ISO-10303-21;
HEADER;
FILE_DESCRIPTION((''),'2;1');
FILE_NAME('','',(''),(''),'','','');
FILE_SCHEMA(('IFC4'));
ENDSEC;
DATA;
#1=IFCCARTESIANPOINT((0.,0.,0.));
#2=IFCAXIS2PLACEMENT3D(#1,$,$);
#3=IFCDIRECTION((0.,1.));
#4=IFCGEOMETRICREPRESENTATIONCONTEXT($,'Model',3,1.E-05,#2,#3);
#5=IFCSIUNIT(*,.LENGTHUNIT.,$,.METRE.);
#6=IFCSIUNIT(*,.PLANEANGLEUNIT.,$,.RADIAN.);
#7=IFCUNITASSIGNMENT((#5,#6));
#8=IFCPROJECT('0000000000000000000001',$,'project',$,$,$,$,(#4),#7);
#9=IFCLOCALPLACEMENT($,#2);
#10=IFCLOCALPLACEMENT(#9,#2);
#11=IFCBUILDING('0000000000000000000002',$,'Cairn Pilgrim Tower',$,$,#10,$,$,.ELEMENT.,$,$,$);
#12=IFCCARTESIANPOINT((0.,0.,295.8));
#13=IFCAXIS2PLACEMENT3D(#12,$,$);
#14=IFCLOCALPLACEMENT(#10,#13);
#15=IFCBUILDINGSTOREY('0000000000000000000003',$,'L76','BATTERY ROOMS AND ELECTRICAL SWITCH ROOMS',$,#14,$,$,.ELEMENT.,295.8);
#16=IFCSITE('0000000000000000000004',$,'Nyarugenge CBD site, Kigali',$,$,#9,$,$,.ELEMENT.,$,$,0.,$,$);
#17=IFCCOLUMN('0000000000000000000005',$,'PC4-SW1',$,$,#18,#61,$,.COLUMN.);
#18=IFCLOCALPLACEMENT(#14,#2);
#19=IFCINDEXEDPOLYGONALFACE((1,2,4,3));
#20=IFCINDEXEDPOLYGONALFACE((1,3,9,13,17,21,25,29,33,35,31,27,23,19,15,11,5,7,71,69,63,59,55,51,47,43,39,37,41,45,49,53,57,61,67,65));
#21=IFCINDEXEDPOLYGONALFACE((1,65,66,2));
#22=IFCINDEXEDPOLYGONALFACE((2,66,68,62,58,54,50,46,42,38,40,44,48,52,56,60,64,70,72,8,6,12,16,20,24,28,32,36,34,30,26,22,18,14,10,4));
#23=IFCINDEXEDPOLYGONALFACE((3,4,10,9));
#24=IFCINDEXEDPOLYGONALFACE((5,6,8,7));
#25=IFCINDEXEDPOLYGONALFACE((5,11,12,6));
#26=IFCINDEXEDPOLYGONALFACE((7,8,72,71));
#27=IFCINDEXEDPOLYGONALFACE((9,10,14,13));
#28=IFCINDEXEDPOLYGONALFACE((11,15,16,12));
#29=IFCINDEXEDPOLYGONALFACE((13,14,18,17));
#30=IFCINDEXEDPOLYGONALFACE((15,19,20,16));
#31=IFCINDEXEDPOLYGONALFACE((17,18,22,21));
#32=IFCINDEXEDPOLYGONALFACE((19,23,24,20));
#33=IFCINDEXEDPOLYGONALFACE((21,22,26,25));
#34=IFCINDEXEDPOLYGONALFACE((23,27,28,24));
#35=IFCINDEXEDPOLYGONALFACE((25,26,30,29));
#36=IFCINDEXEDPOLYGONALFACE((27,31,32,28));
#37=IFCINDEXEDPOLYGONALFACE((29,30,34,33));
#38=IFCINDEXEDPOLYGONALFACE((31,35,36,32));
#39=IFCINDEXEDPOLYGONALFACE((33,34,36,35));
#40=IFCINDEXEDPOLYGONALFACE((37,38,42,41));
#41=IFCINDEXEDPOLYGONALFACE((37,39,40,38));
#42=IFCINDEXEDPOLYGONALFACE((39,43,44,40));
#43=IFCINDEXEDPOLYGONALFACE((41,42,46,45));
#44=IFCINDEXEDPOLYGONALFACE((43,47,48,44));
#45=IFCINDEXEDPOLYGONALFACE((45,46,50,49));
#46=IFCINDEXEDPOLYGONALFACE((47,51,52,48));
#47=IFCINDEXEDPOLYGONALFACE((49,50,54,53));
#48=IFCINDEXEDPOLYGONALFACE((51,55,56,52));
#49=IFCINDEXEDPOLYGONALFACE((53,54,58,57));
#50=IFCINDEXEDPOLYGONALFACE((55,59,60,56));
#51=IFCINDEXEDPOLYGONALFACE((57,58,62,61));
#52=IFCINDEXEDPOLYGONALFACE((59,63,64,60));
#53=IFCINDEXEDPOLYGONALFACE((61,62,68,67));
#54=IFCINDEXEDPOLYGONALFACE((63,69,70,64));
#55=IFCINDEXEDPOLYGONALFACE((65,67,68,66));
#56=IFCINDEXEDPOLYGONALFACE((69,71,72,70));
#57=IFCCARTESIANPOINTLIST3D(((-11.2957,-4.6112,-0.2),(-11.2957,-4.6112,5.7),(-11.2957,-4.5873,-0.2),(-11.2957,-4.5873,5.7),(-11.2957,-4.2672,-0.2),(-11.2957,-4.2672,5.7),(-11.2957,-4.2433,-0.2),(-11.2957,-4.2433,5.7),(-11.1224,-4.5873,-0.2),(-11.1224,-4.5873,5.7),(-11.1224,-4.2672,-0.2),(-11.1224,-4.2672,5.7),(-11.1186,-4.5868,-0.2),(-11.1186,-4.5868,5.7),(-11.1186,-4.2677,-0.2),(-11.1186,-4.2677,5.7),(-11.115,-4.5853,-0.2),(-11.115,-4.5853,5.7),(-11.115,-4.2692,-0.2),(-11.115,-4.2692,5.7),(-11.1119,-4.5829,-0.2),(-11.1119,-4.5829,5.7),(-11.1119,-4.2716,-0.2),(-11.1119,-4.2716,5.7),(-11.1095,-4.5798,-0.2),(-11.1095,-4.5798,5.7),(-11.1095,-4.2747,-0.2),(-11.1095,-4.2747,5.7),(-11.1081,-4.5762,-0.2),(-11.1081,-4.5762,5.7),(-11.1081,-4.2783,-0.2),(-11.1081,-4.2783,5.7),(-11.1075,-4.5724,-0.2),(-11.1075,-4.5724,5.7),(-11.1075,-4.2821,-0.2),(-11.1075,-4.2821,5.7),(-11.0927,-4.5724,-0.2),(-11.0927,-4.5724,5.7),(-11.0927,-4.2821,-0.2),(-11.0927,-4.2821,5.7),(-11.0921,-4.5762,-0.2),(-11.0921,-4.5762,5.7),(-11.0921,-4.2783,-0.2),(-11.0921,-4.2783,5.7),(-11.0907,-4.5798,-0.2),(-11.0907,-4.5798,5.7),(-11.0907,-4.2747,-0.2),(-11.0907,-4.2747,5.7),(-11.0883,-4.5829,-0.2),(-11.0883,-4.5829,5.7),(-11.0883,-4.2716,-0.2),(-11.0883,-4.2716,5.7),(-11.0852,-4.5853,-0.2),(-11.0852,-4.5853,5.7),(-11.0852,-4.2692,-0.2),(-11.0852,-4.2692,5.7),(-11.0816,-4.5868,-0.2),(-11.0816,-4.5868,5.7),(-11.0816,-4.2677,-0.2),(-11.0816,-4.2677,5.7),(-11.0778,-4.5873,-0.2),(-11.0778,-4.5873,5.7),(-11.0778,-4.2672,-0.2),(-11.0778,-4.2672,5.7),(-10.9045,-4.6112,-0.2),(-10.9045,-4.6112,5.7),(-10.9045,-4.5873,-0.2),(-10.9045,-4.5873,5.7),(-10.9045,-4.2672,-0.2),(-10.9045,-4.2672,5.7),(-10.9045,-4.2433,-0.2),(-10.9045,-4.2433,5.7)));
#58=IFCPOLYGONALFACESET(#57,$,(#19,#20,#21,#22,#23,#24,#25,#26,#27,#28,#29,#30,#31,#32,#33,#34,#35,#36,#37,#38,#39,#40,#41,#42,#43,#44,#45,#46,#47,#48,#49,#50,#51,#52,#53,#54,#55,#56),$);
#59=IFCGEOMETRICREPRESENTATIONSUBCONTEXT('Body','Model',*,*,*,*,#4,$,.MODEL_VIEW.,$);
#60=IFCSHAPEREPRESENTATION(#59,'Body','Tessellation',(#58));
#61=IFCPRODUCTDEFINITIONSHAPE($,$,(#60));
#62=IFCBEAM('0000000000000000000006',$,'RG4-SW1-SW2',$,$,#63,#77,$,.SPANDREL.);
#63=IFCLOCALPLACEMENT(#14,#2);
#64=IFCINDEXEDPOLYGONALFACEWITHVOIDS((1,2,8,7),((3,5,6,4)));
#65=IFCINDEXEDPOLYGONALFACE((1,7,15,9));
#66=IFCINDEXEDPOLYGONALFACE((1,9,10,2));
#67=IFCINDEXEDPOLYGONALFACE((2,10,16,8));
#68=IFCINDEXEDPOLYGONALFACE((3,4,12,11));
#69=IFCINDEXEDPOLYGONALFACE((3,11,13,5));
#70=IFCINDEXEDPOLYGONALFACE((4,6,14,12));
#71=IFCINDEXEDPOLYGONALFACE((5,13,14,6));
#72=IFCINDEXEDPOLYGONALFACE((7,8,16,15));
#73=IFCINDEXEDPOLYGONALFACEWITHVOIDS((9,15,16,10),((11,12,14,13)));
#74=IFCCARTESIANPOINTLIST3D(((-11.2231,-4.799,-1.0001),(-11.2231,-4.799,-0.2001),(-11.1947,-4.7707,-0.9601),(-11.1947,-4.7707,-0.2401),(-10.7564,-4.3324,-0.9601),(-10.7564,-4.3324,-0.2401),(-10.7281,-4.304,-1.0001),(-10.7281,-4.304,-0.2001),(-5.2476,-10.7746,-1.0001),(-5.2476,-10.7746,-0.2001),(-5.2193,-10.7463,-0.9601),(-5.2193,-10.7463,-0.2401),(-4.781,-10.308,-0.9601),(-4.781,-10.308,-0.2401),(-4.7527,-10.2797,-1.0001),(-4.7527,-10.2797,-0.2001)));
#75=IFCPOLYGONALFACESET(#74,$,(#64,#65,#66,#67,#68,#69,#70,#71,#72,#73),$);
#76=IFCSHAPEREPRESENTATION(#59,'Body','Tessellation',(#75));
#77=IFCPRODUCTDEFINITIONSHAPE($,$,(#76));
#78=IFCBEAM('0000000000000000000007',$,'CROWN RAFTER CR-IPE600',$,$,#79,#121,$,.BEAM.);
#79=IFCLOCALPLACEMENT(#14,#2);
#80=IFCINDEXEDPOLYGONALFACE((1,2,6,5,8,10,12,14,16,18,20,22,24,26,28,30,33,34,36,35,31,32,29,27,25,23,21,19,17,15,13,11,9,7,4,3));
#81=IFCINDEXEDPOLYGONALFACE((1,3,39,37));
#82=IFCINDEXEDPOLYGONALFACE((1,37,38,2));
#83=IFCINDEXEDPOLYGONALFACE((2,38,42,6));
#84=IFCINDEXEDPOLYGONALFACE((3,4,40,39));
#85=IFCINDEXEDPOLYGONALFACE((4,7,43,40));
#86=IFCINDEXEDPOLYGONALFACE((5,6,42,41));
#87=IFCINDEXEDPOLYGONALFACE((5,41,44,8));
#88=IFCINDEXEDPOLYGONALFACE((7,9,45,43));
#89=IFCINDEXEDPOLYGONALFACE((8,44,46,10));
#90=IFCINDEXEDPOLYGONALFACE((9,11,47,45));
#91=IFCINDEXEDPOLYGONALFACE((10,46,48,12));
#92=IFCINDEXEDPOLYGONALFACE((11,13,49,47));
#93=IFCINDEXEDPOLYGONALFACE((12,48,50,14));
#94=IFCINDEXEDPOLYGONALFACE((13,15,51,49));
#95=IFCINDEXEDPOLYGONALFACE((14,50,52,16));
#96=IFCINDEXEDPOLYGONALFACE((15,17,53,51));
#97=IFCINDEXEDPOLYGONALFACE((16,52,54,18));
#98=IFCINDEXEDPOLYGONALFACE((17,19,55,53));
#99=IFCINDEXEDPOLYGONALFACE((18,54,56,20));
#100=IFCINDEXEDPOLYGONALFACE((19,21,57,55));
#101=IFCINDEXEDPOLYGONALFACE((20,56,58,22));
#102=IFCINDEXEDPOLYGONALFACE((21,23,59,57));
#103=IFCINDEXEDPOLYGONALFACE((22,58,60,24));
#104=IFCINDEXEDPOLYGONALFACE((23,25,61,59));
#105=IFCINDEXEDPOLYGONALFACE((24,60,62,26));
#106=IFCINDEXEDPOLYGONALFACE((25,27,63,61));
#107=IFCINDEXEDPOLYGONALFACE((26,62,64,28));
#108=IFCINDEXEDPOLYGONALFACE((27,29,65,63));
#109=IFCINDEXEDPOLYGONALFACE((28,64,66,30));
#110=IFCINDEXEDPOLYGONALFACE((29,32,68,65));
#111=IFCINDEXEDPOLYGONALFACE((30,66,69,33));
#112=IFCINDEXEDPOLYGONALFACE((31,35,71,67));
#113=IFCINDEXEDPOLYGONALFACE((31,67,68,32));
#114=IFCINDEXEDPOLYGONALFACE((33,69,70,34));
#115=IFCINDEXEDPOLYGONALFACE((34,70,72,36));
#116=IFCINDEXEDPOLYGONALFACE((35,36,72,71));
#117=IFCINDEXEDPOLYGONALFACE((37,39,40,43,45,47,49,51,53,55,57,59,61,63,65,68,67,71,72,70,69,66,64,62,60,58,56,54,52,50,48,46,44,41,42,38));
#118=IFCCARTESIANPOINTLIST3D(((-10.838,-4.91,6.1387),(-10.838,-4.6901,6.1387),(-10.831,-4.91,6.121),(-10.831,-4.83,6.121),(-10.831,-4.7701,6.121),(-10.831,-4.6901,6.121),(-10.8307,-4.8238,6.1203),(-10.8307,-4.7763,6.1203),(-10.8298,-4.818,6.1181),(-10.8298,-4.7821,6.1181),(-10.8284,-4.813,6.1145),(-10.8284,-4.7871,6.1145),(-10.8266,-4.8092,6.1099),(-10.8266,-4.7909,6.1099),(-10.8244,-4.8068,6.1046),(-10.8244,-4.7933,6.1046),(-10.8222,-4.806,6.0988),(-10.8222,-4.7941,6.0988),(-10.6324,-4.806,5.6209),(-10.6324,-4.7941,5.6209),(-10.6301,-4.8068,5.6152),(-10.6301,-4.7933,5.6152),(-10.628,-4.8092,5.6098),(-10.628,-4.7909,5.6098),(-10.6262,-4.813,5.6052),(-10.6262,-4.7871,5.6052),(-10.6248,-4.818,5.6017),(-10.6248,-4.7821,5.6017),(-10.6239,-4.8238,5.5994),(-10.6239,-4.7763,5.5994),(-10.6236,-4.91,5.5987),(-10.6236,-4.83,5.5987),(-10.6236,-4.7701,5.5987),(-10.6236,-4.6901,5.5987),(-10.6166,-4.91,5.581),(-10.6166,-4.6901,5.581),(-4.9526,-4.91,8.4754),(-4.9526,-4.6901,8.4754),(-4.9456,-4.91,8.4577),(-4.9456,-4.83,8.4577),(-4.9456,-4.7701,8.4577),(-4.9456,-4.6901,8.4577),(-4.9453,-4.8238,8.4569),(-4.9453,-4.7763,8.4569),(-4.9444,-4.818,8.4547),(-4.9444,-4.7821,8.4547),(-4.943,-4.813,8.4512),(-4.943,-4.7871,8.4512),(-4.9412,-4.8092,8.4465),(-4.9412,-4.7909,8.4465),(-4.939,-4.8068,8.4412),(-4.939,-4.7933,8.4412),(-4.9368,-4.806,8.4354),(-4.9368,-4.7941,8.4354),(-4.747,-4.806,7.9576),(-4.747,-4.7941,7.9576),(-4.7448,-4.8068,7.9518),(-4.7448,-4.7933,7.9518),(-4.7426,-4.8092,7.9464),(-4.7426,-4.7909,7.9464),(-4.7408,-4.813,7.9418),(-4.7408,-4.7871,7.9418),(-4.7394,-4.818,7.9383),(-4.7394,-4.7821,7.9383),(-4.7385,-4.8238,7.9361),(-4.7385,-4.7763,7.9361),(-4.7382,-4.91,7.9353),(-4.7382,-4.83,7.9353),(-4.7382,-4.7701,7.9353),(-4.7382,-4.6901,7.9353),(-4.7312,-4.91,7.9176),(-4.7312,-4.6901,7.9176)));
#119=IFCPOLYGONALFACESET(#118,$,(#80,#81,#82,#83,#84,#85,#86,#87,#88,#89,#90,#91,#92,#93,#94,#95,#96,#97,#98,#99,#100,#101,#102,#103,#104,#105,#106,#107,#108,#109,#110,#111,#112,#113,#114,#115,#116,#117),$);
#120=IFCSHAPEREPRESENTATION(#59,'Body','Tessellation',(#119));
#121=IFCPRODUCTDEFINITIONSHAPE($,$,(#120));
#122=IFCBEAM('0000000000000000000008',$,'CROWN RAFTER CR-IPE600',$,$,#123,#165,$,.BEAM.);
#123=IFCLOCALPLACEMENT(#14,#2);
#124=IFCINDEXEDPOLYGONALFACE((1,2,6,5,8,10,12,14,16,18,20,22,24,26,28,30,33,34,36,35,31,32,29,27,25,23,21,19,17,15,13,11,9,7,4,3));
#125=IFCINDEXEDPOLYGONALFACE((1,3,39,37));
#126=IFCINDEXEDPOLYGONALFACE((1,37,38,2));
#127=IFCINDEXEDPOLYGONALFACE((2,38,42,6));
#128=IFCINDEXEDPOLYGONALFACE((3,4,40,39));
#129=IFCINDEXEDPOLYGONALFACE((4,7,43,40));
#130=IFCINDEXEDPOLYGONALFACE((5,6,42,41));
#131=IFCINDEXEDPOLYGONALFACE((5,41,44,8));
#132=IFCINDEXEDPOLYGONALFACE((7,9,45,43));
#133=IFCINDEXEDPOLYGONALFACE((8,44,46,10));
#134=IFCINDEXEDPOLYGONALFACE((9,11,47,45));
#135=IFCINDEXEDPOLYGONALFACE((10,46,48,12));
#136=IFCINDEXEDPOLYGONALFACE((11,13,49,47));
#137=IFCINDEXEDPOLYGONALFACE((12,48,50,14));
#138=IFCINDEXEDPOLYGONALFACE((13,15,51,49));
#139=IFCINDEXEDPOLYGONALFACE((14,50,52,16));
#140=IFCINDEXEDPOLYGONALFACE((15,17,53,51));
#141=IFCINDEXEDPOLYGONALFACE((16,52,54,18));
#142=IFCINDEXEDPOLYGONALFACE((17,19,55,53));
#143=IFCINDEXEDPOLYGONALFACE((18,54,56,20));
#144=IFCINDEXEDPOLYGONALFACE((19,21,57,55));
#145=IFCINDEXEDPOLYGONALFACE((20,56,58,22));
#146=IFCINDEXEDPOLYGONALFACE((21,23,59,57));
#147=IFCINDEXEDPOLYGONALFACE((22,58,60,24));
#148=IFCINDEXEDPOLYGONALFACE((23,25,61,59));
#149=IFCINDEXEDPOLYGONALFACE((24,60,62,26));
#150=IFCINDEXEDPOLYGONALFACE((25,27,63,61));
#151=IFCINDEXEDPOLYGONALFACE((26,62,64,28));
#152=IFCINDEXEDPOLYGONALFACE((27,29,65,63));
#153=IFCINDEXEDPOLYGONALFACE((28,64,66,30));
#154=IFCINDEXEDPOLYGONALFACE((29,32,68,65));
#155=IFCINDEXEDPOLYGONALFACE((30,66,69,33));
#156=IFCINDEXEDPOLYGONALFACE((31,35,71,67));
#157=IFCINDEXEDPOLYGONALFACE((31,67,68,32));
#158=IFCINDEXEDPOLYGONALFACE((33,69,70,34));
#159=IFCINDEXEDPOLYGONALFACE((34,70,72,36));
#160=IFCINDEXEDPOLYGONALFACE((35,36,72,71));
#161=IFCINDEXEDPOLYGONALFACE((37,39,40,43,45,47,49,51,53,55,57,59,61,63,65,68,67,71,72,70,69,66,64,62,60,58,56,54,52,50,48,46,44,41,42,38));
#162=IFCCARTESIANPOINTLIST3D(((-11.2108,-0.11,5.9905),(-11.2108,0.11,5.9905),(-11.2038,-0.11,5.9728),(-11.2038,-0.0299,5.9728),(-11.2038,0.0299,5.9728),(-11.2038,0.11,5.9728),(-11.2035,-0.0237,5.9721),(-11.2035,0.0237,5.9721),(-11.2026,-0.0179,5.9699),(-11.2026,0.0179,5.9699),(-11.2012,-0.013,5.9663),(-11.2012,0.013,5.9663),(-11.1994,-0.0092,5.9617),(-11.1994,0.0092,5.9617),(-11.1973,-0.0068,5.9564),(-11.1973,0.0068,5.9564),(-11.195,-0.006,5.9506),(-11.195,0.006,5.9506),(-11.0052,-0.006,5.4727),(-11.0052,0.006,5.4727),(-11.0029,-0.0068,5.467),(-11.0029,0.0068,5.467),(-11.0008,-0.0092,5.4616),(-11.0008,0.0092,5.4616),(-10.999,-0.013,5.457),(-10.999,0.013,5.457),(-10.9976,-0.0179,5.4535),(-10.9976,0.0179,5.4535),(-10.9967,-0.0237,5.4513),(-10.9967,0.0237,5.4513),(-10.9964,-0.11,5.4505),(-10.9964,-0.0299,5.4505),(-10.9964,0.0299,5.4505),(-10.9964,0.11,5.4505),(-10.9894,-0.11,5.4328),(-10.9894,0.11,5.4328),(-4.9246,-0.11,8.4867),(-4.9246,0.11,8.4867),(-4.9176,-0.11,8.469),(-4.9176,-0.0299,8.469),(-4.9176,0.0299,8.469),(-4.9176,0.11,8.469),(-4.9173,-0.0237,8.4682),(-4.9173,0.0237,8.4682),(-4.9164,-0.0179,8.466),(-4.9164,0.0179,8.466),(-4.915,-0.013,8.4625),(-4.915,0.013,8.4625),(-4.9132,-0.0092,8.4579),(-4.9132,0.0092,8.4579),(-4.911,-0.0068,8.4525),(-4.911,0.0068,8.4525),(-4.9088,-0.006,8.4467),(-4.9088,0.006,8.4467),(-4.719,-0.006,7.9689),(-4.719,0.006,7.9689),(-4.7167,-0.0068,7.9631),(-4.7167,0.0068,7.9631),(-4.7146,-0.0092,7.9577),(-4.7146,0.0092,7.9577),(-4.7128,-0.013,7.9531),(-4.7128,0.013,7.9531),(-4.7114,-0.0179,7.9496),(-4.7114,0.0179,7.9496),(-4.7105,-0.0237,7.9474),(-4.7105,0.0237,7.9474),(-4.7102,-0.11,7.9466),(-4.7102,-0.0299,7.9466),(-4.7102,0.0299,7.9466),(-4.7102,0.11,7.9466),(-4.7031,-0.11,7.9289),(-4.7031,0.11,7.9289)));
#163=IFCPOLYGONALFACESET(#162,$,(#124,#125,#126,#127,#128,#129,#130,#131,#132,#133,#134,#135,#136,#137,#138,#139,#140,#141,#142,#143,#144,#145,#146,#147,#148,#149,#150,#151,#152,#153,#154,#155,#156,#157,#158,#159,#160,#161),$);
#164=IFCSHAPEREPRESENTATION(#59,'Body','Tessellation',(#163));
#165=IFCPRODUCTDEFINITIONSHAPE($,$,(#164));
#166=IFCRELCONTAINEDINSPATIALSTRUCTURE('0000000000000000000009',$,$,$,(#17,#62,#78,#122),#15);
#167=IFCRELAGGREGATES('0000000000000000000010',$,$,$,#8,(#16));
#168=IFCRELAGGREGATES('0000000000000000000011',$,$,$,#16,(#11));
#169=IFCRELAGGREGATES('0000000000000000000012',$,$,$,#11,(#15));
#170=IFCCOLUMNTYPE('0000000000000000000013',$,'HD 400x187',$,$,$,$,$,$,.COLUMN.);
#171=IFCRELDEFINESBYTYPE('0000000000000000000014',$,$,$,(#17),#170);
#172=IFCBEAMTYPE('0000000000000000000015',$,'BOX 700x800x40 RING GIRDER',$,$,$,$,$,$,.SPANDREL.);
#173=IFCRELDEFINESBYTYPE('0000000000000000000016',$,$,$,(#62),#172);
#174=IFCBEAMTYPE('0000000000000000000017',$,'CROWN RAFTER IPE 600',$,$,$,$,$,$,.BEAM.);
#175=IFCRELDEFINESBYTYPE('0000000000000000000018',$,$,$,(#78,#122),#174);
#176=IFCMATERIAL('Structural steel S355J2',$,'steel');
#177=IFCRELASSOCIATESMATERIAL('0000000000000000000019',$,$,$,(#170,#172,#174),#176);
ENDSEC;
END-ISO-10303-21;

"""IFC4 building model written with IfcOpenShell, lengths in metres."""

from ifc_helpers import new_model, si_unit, direction, frame, origin, origin_2d, place, context, subcontext, project, spatial, hollow_rectangle, i_section, extrude, material, material_profile, profile_set, type_object, element, save


model = new_model("IFC4")

# Units and contexts
model_context = context("Model", 3, precision=1e-05, world=origin(), true_north=direction((0.0, 1.0)))
body_context = subcontext(model_context, "Body", "Model", "MODEL_VIEW")
ifc_project = project(units=[si_unit("LENGTHUNIT", "METRE"), si_unit("PLANEANGLEUNIT", "RADIAN")], contexts=[model_context])

# Site, building, storey
site_placement = place(None, origin())
site = spatial("IfcSite", under=ifc_project, at=site_placement, Name="Nyarugenge CBD site, Kigali", CompositionType="ELEMENT", RefElevation=0.0)
building_placement = place(site_placement, origin())
building = spatial("IfcBuilding", under=site, at=building_placement, Name="Cairn Pilgrim Tower", CompositionType="ELEMENT")
storey_placement = place(building_placement, frame((0.0, 0.0, 295.8)))
storey = spatial("IfcBuildingStorey", under=building, at=storey_placement, Name="L76", Description="BATTERY ROOMS AND ELECTRICAL SWITCH ROOMS", CompositionType="ELEMENT", Elevation=295.8)

# Column
ifc_material_1 = material(Name="Structural steel S355J2", Category="steel")
ifc_material_profile_1 = material_profile(ifc_material_1, i_section(OverallWidth=0.3911, OverallDepth=0.3679, WebThickness=0.0149, FlangeThickness=0.0239, FilletRadius=0.0149, at=origin_2d()), Name="HD 400x187")
ifc_profile_set_1 = profile_set([ifc_material_profile_1], Name="Structural steel S355J2")
column_type = type_object("IfcColumnType", Name="HD 400x187", PredefinedType="COLUMN", material=ifc_profile_set_1)
column_placement = place(storey_placement, frame((-11.1001, -4.4272, -0.2), z_axis=(0.0, 0.0, 1.0), x_axis=(1.0, 0.0, 0.0)))
element("IfcColumn", 1, at=column_placement, inside=storey, type_object=column_type, Name="PC4-SW1", PredefinedType="COLUMN", context=body_context, shape_type="SweptSolid", body=[
    extrude(i_section(OverallWidth=0.3911, OverallDepth=0.3679, WebThickness=0.0149, FlangeThickness=0.0239, FilletRadius=0.0149, at=origin_2d()), origin(), (0.0, 0.0, 1.0), 5.8999),
])

# Beams
ifc_material_profile_2 = material_profile(ifc_material_1, hollow_rectangle(XDim=0.7, YDim=0.8, WallThickness=0.04, at=origin_2d()), Name="BOX 700x800x40")
ifc_profile_set_2 = profile_set([ifc_material_profile_2], Name="Structural steel S355J2")
beam_type_1 = type_object("IfcBeamType", Name="BOX 700x800x40 RING GIRDER", PredefinedType="SPANDREL", material=ifc_profile_set_2)
beam_1_placement = place(storey_placement, frame((-10.9756, -4.5515, -0.6001), z_axis=(0.707092, -0.707121, 0.0), x_axis=(0.707121, 0.707092, 0.0)))
element("IfcBeam", 2, at=beam_1_placement, inside=storey, type_object=beam_type_1, Name="RG4-SW1-SW2", PredefinedType="SPANDREL", context=body_context, shape_type="SweptSolid", body=[
    extrude(hollow_rectangle(XDim=0.7, YDim=0.8, WallThickness=0.04, at=origin_2d()), origin(), (0.0, 0.0, 1.0), 8.4507),
])
ifc_material_profile_3 = material_profile(ifc_material_1, i_section(OverallWidth=0.22, OverallDepth=0.6001, WebThickness=0.012, FlangeThickness=0.019, FilletRadius=0.0239, at=origin_2d()), Name="IPE 600")
ifc_profile_set_3 = profile_set([ifc_material_profile_3], Name="Structural steel S355J2")
beam_type_2 = type_object("IfcBeamType", Name="CROWN RAFTER IPE 600", PredefinedType="BEAM", material=ifc_profile_set_3)
beam_2_placement = place(storey_placement, frame((-10.7273, -4.8, 5.8599), z_axis=(0.929428, 0.0, 0.369003), x_axis=(0.0, 1.0, 0.0)))
element("IfcBeam", 3, at=beam_2_placement, inside=storey, type_object=beam_type_2, Name="CROWN RAFTER CR-IPE600", PredefinedType="BEAM", context=body_context, shape_type="SweptSolid", body=[
    extrude(i_section(OverallWidth=0.22, OverallDepth=0.6001, WebThickness=0.012, FlangeThickness=0.019, FilletRadius=0.0239, at=origin_2d()), origin(), (0.0, 0.0, 1.0), 6.3323),
])
beam_3_placement = place(storey_placement, frame((-11.1001, 0.0, 5.7117), z_axis=(0.92941, 0.0, 0.369049), x_axis=(0.0, 1.0, 0.0)))
element("IfcBeam", 4, at=beam_3_placement, inside=storey, type_object=beam_type_2, Name="CROWN RAFTER CR-IPE600", PredefinedType="BEAM", context=body_context, shape_type="SweptSolid", body=[
    extrude(i_section(OverallWidth=0.22, OverallDepth=0.6001, WebThickness=0.012, FlangeThickness=0.019, FilletRadius=0.0239, at=origin_2d()), origin(), (0.0, 0.0, 1.0), 6.7637),
])

save(model, "model.ifc")
